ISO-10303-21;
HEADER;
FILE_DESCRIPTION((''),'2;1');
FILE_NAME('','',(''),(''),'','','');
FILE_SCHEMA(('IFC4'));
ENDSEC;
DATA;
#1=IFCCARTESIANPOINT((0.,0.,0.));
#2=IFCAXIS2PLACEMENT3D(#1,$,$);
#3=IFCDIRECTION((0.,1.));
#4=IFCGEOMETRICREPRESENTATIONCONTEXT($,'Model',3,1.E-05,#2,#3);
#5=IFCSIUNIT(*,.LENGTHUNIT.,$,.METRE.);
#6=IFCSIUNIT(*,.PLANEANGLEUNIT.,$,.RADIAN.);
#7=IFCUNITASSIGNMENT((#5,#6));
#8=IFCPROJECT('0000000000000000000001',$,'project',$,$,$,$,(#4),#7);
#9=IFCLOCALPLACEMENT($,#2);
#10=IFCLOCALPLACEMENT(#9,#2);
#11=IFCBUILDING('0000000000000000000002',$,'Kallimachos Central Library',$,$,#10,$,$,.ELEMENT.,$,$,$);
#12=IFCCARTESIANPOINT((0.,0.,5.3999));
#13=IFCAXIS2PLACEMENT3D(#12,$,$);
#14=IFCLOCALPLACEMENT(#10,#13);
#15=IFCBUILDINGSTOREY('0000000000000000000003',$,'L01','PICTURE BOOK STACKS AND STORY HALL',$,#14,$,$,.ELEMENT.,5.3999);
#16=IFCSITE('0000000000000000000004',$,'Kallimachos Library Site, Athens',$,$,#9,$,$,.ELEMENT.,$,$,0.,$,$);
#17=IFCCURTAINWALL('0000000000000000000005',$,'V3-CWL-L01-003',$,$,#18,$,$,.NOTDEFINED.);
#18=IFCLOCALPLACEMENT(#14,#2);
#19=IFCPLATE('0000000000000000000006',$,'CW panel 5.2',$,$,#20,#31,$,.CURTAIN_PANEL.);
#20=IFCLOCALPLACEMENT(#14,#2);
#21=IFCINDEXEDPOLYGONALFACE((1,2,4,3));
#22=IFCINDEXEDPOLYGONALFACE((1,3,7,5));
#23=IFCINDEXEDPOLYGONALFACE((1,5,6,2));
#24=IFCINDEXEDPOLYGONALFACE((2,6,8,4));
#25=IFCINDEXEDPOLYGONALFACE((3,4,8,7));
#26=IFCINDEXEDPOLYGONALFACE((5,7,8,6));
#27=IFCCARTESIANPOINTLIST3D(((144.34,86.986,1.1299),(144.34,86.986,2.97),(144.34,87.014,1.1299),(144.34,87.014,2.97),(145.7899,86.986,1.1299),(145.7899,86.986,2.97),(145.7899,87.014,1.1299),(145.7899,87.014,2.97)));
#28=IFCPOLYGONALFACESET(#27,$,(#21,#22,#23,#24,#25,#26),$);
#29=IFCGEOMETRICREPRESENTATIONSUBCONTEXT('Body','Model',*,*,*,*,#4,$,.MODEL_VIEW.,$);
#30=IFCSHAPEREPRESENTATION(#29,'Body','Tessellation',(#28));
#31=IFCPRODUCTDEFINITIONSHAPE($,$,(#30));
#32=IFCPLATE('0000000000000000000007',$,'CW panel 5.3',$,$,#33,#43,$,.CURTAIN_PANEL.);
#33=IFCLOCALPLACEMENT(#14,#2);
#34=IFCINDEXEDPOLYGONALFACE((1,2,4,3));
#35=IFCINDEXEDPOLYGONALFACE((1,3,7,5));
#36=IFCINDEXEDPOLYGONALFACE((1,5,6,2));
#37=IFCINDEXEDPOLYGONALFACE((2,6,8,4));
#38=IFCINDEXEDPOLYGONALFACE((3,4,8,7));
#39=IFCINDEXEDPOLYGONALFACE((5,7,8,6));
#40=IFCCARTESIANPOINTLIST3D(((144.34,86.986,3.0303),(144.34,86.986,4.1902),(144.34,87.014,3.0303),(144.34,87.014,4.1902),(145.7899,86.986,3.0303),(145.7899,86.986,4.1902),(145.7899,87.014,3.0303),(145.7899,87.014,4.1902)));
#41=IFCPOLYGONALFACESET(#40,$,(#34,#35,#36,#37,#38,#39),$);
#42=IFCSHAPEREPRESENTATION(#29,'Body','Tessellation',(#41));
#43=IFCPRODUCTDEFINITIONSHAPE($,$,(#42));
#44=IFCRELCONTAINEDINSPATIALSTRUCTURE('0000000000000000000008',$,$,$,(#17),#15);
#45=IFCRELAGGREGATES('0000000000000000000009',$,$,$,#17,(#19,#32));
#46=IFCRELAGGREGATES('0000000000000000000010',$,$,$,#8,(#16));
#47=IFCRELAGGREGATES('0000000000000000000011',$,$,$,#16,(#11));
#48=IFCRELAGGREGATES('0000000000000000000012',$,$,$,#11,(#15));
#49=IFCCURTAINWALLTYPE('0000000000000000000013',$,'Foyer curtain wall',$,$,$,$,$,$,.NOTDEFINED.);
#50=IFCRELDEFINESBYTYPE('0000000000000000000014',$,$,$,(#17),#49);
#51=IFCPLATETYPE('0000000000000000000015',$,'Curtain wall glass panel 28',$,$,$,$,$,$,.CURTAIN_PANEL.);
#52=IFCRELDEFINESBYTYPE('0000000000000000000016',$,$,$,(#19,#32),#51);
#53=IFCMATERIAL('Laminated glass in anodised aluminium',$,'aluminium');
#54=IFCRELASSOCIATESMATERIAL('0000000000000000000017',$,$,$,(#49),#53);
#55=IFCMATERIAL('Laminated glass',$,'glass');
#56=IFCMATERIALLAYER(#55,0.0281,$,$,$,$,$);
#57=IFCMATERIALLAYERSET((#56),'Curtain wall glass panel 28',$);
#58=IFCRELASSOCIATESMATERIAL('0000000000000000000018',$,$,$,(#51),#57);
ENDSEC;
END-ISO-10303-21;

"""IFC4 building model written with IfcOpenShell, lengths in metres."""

from ifc_helpers import new_model, si_unit, direction, frame, origin, origin_2d, place, context, subcontext, project, spatial, rectangle, extrude, material, layer, layer_set, type_object, element, aggregate, save


model = new_model("IFC4")

# Units and contexts
model_context = context("Model", 3, precision=1e-05, world=origin(), true_north=direction((0.0, 1.0)))
body_context = subcontext(model_context, "Body", "Model", "MODEL_VIEW")
ifc_project = project(units=[si_unit("LENGTHUNIT", "METRE"), si_unit("PLANEANGLEUNIT", "RADIAN")], contexts=[model_context])

# Site, building, storey
site_placement = place(None, origin())
site = spatial("IfcSite", under=ifc_project, at=site_placement, Name="Kallimachos Library Site, Athens", CompositionType="ELEMENT", RefElevation=0.0)
building_placement = place(site_placement, origin())
building = spatial("IfcBuilding", under=site, at=building_placement, Name="Kallimachos Central Library", CompositionType="ELEMENT")
storey_placement = place(building_placement, frame((0.0, 0.0, 5.3999)))
storey = spatial("IfcBuildingStorey", under=building, at=storey_placement, Name="L01", Description="PICTURE BOOK STACKS AND STORY HALL", CompositionType="ELEMENT", Elevation=5.3999)

# Curtain wall
ifc_material_1 = material(Name="Laminated glass in anodised aluminium", Category="aluminium")
curtain_wall_type = type_object("IfcCurtainWallType", Name="Foyer curtain wall", PredefinedType="NOTDEFINED", material=ifc_material_1)
curtain_wall_placement = place(storey_placement, origin())
curtain_wall = element("IfcCurtainWall", 1, at=curtain_wall_placement, inside=storey, type_object=curtain_wall_type, Name="V3-CWL-L01-003", PredefinedType="NOTDEFINED")

# Plates
ifc_material_2 = material(Name="Laminated glass", Category="glass")
ifc_layer = layer(ifc_material_2, 0.0281)
ifc_layer_set = layer_set([ifc_layer], Name="Curtain wall glass panel 28")
plate_type = type_object("IfcPlateType", Name="Curtain wall glass panel 28", PredefinedType="CURTAIN_PANEL", material=ifc_layer_set)
plate_1_placement = place(storey_placement, frame((145.0649, 87.0, 1.1299), z_axis=(0.0, 0.0, 1.0), x_axis=(1.0, 0.0, 0.0)))
plate_1 = element("IfcPlate", 2, at=plate_1_placement, type_object=plate_type, Name="CW panel 5.2", PredefinedType="CURTAIN_PANEL", context=body_context, shape_type="SweptSolid", body=[
    extrude(rectangle(XDim=1.45, YDim=0.0281, at=origin_2d()), origin(), (0.0, 0.0, 1.0), 1.8401),
])
plate_2_placement = place(storey_placement, frame((145.0649, 87.0, 3.0303), z_axis=(0.0, 0.0, 1.0), x_axis=(1.0, 0.0, 0.0)))
plate_2 = element("IfcPlate", 3, at=plate_2_placement, type_object=plate_type, Name="CW panel 5.3", PredefinedType="CURTAIN_PANEL", context=body_context, shape_type="SweptSolid", body=[
    extrude(rectangle(XDim=1.45, YDim=0.0281, at=origin_2d()), origin(), (0.0, 0.0, 1.0), 1.1599),
])
aggregate(curtain_wall, [plate_1, plate_2])

save(model, "model.ifc")
